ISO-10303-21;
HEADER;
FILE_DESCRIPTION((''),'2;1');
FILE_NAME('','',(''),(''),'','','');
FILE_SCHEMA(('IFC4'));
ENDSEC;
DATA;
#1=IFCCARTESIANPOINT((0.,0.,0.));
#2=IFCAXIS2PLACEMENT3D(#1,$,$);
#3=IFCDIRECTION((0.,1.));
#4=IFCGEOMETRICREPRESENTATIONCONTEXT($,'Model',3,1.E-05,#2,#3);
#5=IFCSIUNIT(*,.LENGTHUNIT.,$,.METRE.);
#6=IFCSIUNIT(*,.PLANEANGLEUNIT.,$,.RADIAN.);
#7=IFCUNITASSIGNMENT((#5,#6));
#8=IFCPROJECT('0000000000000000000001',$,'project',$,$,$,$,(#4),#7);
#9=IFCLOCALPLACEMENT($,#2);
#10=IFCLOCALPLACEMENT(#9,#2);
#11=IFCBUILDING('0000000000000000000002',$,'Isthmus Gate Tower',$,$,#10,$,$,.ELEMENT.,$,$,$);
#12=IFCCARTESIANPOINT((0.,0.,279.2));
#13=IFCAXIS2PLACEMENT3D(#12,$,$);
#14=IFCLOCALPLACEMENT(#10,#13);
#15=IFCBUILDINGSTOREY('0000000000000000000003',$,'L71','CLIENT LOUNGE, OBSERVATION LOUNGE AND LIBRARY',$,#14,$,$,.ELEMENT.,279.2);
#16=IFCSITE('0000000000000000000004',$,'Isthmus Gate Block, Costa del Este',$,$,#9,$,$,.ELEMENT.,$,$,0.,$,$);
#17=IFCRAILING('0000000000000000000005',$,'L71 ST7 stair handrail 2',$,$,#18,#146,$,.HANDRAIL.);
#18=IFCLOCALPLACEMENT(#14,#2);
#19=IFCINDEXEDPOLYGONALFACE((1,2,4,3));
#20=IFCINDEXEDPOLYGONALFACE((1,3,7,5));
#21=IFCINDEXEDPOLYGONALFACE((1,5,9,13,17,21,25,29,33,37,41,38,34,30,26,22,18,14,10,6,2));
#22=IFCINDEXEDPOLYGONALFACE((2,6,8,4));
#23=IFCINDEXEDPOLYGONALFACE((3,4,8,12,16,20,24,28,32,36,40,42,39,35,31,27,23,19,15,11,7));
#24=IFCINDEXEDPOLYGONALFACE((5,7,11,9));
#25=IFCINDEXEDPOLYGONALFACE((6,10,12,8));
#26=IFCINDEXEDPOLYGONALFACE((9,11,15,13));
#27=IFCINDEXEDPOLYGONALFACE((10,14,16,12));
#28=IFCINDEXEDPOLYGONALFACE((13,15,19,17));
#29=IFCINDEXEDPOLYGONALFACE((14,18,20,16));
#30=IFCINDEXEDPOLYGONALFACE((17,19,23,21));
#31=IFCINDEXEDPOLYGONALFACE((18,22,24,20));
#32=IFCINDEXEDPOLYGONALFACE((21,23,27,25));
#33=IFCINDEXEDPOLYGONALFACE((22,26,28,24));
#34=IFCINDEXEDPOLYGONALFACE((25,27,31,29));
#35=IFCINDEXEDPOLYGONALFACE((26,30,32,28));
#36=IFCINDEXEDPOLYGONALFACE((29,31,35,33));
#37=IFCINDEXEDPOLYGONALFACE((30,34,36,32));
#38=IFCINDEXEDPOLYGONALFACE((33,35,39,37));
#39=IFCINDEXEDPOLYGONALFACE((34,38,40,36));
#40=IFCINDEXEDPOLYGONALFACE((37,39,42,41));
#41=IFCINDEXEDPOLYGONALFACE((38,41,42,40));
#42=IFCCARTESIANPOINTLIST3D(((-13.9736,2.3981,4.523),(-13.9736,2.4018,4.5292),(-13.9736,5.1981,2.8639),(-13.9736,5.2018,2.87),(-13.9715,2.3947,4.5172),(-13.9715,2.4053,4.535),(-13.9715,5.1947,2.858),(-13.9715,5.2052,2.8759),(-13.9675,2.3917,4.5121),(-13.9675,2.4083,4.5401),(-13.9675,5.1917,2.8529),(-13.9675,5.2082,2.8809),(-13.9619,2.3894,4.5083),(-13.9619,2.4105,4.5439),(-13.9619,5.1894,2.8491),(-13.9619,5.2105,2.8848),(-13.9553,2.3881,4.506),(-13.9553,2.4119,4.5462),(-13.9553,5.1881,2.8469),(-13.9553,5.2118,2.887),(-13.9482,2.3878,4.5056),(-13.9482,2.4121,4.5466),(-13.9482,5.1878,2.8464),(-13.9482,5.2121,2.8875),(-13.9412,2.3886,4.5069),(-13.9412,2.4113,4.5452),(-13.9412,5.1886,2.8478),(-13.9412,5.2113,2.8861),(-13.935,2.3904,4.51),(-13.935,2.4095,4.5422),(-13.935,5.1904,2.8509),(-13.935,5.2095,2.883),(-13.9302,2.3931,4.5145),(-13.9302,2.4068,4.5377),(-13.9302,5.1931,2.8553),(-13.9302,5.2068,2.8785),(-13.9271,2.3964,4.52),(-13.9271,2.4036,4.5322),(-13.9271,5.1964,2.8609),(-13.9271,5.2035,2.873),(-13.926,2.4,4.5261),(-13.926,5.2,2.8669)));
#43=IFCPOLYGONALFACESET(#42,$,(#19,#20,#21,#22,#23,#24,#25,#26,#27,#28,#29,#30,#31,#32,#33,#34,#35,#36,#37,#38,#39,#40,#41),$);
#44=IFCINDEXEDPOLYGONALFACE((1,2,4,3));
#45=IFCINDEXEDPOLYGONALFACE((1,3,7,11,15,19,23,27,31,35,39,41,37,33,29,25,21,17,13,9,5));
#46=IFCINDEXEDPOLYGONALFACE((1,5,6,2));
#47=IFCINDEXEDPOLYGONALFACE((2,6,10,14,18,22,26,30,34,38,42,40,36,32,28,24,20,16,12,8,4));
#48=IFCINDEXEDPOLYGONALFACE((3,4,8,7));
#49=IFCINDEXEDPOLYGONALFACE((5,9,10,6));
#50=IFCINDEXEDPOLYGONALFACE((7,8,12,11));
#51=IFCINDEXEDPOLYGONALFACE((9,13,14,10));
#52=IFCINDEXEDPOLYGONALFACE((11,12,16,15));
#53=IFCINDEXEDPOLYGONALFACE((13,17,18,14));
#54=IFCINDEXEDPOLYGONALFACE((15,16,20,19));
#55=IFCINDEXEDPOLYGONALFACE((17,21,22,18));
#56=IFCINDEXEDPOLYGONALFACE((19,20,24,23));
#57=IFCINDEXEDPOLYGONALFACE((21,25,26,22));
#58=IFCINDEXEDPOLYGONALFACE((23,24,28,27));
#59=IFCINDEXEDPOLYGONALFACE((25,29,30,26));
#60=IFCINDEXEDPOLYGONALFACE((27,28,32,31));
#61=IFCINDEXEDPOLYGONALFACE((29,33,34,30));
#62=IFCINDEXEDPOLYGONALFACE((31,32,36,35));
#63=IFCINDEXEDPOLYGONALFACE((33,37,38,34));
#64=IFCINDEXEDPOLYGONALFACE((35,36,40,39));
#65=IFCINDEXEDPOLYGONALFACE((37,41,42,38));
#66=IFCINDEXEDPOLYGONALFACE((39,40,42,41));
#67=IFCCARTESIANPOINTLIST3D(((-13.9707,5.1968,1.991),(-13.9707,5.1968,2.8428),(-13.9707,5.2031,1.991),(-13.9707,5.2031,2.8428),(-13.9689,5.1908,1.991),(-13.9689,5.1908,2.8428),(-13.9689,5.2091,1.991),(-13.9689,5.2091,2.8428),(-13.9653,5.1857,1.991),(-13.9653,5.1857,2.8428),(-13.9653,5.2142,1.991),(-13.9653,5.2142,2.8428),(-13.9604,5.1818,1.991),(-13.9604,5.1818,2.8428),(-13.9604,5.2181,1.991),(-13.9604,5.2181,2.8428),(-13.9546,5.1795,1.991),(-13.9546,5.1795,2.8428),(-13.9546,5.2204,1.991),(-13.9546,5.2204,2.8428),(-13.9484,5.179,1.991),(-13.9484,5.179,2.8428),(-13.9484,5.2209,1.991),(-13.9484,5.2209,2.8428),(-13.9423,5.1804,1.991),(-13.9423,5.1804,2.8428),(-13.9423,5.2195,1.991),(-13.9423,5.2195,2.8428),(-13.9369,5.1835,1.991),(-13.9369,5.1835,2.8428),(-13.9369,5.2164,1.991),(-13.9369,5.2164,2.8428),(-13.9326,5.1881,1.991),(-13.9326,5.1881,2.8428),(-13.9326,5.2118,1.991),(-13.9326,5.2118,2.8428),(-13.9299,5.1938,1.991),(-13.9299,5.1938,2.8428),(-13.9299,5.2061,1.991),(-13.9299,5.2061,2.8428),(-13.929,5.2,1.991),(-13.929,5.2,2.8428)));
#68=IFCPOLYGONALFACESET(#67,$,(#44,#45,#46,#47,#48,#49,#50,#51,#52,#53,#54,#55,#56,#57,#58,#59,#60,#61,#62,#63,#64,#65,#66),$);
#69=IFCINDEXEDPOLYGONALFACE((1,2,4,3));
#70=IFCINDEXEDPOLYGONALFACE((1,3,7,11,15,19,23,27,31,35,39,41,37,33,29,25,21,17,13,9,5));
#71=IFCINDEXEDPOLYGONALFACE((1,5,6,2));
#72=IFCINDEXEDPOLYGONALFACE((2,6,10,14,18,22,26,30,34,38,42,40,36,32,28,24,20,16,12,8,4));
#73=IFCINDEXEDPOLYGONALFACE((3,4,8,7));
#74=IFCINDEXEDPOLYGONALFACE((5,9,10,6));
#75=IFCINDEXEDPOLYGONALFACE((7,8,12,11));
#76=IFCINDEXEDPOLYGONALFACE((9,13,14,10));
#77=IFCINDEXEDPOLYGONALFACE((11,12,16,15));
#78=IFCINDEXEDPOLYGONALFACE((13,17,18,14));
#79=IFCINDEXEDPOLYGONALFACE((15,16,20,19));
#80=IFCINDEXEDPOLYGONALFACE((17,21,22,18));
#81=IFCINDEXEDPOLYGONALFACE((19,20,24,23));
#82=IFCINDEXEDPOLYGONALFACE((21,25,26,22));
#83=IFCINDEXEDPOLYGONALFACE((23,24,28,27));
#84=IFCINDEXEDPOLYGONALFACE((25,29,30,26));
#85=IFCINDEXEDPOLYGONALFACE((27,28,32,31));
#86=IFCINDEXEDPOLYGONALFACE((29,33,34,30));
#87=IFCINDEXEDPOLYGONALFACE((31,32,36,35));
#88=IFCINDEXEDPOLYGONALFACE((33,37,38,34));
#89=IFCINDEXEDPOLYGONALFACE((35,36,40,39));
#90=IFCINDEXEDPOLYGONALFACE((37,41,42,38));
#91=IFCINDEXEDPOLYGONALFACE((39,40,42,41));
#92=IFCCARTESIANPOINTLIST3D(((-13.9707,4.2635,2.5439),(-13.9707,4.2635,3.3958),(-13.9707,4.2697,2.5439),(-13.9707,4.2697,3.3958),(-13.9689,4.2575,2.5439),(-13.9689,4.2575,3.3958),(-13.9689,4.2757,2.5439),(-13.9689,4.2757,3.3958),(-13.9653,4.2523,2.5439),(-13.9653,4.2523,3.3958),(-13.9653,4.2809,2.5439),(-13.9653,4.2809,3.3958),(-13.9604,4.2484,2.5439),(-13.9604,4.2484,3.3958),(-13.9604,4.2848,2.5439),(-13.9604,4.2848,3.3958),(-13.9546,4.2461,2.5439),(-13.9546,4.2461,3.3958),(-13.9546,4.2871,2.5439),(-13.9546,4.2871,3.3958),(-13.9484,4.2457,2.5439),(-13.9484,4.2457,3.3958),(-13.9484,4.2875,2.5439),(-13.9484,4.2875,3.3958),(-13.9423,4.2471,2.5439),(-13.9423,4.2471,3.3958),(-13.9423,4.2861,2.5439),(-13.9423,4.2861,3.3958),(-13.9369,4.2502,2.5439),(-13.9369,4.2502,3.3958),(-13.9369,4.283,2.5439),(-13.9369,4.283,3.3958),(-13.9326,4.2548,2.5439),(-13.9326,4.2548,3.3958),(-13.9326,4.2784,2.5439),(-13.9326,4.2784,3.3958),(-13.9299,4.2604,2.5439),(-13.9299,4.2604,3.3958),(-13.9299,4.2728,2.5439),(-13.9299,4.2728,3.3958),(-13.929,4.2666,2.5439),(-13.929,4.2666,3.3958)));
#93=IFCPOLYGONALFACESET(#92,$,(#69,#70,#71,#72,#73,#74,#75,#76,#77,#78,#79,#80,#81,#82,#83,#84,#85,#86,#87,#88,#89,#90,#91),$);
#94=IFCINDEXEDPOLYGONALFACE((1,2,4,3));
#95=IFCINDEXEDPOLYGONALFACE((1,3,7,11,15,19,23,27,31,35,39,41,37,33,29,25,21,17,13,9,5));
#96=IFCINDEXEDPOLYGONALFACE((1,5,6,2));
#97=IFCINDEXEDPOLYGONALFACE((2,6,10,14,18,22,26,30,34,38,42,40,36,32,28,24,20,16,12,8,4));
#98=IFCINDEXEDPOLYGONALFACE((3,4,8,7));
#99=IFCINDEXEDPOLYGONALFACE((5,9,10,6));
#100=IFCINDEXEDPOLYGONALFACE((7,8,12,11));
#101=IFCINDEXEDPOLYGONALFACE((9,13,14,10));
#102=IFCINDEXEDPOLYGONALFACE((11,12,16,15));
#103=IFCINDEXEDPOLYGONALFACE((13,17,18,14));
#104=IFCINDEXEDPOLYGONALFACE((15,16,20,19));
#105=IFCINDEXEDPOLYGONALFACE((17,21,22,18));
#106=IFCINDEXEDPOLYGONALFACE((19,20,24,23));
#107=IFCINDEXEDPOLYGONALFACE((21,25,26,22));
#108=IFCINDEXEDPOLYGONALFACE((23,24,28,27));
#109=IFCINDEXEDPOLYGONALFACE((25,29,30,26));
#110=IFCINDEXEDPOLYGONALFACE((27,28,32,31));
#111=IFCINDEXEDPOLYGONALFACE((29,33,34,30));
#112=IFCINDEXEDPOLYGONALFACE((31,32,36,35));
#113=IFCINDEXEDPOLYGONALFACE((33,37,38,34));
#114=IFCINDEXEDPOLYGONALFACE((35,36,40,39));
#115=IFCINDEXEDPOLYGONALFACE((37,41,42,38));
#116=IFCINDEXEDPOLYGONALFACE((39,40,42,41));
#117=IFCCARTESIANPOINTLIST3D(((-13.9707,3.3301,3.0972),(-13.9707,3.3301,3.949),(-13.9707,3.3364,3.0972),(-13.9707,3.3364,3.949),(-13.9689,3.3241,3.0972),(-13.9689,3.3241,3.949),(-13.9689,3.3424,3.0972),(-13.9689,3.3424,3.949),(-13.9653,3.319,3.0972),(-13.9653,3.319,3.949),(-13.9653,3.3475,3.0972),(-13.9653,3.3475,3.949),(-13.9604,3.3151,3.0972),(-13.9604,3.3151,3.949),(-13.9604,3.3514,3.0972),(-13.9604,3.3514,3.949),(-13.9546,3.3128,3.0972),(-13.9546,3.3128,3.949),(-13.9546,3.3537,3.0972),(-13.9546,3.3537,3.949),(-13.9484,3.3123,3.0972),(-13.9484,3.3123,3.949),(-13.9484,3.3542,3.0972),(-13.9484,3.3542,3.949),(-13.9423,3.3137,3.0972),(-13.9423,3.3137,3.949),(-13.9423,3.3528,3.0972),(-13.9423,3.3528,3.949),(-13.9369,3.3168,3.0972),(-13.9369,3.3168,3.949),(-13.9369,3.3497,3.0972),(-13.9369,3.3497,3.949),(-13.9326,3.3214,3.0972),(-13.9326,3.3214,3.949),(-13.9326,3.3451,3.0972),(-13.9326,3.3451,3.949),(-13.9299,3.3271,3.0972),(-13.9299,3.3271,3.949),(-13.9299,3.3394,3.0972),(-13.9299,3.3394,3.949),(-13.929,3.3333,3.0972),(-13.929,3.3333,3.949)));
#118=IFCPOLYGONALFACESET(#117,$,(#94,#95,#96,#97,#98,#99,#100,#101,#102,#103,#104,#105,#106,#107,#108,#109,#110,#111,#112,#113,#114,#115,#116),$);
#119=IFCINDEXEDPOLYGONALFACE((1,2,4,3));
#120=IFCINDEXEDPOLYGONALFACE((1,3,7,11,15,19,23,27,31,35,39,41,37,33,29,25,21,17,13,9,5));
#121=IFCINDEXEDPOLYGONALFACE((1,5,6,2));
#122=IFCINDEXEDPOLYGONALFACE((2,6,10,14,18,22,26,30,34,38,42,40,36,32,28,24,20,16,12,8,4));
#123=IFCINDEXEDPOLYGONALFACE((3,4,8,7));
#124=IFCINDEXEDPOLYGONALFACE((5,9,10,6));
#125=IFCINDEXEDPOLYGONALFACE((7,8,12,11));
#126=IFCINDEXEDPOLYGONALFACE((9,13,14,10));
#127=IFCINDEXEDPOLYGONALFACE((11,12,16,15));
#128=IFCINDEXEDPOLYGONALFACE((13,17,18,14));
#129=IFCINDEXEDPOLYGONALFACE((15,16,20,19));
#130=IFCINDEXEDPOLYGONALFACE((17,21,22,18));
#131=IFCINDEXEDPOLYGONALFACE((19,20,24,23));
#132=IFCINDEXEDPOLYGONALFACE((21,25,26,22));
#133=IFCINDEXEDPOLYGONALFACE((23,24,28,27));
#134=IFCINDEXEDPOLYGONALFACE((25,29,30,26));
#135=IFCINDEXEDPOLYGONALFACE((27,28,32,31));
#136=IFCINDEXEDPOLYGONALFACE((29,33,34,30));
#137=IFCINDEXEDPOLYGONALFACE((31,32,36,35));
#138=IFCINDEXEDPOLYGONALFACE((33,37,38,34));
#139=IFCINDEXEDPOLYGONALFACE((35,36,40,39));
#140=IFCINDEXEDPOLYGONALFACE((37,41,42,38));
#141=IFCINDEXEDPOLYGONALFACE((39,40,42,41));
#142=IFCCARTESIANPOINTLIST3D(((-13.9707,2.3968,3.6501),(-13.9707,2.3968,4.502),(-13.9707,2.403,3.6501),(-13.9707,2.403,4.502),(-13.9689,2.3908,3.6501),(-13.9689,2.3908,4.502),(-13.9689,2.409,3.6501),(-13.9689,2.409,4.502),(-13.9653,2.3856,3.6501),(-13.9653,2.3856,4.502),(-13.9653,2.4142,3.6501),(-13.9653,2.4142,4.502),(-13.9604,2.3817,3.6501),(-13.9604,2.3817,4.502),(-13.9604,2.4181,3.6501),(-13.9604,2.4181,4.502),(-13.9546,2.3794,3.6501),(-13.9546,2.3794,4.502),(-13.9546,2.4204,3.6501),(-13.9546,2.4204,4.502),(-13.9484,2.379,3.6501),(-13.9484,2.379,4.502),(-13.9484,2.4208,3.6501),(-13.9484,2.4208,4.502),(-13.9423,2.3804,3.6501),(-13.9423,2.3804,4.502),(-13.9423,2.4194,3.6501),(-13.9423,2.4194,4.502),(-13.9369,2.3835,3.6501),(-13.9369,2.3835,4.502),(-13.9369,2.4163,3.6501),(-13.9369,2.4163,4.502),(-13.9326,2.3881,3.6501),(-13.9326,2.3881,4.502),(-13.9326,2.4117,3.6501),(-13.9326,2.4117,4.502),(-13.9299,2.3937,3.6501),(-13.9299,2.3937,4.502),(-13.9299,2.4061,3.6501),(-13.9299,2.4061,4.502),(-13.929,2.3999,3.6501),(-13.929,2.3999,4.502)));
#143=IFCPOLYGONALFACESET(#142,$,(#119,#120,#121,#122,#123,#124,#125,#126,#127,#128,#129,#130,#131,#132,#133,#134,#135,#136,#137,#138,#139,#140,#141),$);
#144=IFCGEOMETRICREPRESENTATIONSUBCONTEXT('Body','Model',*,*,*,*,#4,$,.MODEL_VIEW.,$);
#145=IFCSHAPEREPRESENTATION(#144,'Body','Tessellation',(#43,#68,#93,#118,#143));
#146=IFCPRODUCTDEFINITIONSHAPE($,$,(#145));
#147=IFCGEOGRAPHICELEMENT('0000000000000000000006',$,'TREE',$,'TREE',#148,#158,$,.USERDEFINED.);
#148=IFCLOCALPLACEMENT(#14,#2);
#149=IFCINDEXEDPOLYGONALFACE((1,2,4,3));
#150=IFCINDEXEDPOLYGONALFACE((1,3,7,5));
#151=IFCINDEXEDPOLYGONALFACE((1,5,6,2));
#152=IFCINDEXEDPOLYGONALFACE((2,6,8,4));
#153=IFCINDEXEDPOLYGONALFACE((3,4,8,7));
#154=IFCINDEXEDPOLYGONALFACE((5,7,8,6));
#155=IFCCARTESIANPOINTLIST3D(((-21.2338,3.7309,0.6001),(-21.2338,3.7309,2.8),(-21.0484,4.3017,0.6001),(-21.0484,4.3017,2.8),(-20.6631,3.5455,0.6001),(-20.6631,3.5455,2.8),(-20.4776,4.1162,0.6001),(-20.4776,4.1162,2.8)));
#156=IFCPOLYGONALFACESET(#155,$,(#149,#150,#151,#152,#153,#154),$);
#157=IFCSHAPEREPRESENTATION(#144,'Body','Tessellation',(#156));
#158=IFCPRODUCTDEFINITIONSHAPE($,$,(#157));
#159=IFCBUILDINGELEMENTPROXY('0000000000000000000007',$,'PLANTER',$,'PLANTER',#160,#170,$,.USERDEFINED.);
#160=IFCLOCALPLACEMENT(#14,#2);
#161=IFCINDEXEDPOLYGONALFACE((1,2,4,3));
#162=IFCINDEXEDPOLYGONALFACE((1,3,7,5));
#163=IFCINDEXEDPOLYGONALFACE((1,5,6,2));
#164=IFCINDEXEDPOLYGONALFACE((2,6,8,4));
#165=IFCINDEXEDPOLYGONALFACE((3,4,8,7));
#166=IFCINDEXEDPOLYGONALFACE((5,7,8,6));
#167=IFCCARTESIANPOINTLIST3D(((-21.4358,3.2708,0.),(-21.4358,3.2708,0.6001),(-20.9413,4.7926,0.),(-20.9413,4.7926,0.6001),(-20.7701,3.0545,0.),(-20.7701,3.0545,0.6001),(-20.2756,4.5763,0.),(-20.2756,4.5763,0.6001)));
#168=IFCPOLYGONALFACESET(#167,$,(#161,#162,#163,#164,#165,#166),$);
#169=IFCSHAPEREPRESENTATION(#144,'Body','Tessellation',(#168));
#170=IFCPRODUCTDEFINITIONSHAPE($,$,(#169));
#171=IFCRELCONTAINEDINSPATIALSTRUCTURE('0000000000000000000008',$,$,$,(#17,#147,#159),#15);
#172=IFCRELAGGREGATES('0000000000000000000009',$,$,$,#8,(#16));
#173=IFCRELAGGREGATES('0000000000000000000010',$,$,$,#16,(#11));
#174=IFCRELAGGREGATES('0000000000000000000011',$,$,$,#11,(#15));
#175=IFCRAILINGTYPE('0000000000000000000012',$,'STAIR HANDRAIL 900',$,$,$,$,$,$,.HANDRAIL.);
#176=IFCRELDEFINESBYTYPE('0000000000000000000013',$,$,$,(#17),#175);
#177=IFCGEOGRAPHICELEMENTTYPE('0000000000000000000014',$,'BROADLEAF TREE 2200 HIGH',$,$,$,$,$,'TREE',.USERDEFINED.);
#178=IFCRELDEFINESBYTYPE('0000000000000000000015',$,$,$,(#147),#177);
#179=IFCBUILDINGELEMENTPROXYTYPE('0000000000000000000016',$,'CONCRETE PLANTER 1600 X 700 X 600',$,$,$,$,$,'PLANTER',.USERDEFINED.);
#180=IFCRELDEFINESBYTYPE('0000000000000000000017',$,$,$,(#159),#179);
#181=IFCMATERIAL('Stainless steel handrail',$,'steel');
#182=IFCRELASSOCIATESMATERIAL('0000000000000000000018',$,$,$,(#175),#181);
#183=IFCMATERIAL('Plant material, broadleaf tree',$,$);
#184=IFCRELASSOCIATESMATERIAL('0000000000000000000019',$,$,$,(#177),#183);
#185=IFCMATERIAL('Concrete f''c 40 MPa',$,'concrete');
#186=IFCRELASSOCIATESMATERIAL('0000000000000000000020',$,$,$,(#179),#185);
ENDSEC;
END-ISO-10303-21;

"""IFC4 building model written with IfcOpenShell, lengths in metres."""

from ifc_helpers import new_model, si_unit, direction, frame, origin, origin_2d, place, context, subcontext, project, spatial, rectangle, circle, extrude, material, type_object, element, save


model = new_model("IFC4")

# Units and contexts
model_context = context("Model", 3, precision=1e-05, world=origin(), true_north=direction((0.0, 1.0)))
body_context = subcontext(model_context, "Body", "Model", "MODEL_VIEW")
ifc_project = project(units=[si_unit("LENGTHUNIT", "METRE"), si_unit("PLANEANGLEUNIT", "RADIAN")], contexts=[model_context])

# Site, building, storey
site_placement = place(None, origin())
site = spatial("IfcSite", under=ifc_project, at=site_placement, Name="Isthmus Gate Block, Costa del Este", CompositionType="ELEMENT", RefElevation=0.0)
building_placement = place(site_placement, origin())
building = spatial("IfcBuilding", under=site, at=building_placement, Name="Isthmus Gate Tower", CompositionType="ELEMENT")
storey_placement = place(building_placement, frame((0.0, 0.0, 279.2)))
storey = spatial("IfcBuildingStorey", under=building, at=storey_placement, Name="L71", Description="CLIENT LOUNGE, OBSERVATION LOUNGE AND LIBRARY", CompositionType="ELEMENT", Elevation=279.2)

# Railing
ifc_material_1 = material(Name="Stainless steel handrail", Category="steel")
railing_type_1 = type_object("IfcRailingType", Name="STAIR HANDRAIL 900", PredefinedType="HANDRAIL", material=ifc_material_1)
railing_1_placement = place(storey_placement, frame((-13.95, 5.2, 1.991)))
element("IfcRailing", 1, at=railing_1_placement, inside=storey, type_object=railing_type_1, Name="L71 ST7 stair handrail 2", PredefinedType="HANDRAIL", context=body_context, shape_type="SweptSolid", body=[
    extrude(circle(Radius=0.0239, at=origin_2d()), frame((0.0, 0.0, 0.876), z_axis=(0.0, -0.860306, 0.509778), x_axis=(1.0, 0.0, 0.0)), (0.0, 0.0, 1.0), 3.2546),
    extrude(circle(Radius=0.021, at=origin_2d()), origin(), (0.0, 0.0, 1.0), 0.8518),
    extrude(circle(Radius=0.021, at=origin_2d()), frame((0.0, -0.9333, 0.553)), (0.0, 0.0, 1.0), 0.8518),
    extrude(circle(Radius=0.021, at=origin_2d()), frame((0.0, -1.8667, 1.1062)), (0.0, 0.0, 1.0), 0.8518),
    extrude(circle(Radius=0.021, at=origin_2d()), frame((0.0, -2.8, 1.6592)), (0.0, 0.0, 1.0), 0.8518),
])

# Geographic element
ifc_material_2 = material(Name="Plant material, broadleaf tree")
geographic_element_type = type_object("IfcGeographicElementType", Name="BROADLEAF TREE 2200 HIGH", ElementType="TREE", PredefinedType="USERDEFINED", material=ifc_material_2)
geographic_element_placement = place(storey_placement, frame((-20.8557, 3.9236, 0.6001), z_axis=(0.0, 0.0, 1.0), x_axis=(-0.309017, -0.951057, 0.0)))
element("IfcGeographicElement", 2, at=geographic_element_placement, inside=storey, type_object=geographic_element_type, Name="TREE", ObjectType="TREE", PredefinedType="USERDEFINED", context=body_context, shape_type="SweptSolid", body=[
    extrude(rectangle(XDim=0.6001, YDim=0.6001, at=origin_2d()), origin(), (0.0, 0.0, 1.0), 2.2),
])

# Building element proxy
ifc_material_3 = material(Name="Concrete f'c 40 MPa", Category="concrete")
building_element_proxy_type = type_object("IfcBuildingElementProxyType", Name="CONCRETE PLANTER 1600 X 700 X 600", ElementType="PLANTER", PredefinedType="USERDEFINED", material=ifc_material_3)
proxy_placement = place(storey_placement, frame((-20.8557, 3.9236, 0.0), z_axis=(0.0, 0.0, 1.0), x_axis=(-0.309017, -0.951057, 0.0)))
element("IfcBuildingElementProxy", 3, at=proxy_placement, inside=storey, type_object=building_element_proxy_type, Name="PLANTER", ObjectType="PLANTER", PredefinedType="USERDEFINED", context=body_context, shape_type="SweptSolid", body=[
    extrude(rectangle(XDim=1.6001, YDim=0.7, at=origin_2d()), origin(), (0.0, 0.0, 1.0), 0.6001),
])

save(model, "model.ifc")
